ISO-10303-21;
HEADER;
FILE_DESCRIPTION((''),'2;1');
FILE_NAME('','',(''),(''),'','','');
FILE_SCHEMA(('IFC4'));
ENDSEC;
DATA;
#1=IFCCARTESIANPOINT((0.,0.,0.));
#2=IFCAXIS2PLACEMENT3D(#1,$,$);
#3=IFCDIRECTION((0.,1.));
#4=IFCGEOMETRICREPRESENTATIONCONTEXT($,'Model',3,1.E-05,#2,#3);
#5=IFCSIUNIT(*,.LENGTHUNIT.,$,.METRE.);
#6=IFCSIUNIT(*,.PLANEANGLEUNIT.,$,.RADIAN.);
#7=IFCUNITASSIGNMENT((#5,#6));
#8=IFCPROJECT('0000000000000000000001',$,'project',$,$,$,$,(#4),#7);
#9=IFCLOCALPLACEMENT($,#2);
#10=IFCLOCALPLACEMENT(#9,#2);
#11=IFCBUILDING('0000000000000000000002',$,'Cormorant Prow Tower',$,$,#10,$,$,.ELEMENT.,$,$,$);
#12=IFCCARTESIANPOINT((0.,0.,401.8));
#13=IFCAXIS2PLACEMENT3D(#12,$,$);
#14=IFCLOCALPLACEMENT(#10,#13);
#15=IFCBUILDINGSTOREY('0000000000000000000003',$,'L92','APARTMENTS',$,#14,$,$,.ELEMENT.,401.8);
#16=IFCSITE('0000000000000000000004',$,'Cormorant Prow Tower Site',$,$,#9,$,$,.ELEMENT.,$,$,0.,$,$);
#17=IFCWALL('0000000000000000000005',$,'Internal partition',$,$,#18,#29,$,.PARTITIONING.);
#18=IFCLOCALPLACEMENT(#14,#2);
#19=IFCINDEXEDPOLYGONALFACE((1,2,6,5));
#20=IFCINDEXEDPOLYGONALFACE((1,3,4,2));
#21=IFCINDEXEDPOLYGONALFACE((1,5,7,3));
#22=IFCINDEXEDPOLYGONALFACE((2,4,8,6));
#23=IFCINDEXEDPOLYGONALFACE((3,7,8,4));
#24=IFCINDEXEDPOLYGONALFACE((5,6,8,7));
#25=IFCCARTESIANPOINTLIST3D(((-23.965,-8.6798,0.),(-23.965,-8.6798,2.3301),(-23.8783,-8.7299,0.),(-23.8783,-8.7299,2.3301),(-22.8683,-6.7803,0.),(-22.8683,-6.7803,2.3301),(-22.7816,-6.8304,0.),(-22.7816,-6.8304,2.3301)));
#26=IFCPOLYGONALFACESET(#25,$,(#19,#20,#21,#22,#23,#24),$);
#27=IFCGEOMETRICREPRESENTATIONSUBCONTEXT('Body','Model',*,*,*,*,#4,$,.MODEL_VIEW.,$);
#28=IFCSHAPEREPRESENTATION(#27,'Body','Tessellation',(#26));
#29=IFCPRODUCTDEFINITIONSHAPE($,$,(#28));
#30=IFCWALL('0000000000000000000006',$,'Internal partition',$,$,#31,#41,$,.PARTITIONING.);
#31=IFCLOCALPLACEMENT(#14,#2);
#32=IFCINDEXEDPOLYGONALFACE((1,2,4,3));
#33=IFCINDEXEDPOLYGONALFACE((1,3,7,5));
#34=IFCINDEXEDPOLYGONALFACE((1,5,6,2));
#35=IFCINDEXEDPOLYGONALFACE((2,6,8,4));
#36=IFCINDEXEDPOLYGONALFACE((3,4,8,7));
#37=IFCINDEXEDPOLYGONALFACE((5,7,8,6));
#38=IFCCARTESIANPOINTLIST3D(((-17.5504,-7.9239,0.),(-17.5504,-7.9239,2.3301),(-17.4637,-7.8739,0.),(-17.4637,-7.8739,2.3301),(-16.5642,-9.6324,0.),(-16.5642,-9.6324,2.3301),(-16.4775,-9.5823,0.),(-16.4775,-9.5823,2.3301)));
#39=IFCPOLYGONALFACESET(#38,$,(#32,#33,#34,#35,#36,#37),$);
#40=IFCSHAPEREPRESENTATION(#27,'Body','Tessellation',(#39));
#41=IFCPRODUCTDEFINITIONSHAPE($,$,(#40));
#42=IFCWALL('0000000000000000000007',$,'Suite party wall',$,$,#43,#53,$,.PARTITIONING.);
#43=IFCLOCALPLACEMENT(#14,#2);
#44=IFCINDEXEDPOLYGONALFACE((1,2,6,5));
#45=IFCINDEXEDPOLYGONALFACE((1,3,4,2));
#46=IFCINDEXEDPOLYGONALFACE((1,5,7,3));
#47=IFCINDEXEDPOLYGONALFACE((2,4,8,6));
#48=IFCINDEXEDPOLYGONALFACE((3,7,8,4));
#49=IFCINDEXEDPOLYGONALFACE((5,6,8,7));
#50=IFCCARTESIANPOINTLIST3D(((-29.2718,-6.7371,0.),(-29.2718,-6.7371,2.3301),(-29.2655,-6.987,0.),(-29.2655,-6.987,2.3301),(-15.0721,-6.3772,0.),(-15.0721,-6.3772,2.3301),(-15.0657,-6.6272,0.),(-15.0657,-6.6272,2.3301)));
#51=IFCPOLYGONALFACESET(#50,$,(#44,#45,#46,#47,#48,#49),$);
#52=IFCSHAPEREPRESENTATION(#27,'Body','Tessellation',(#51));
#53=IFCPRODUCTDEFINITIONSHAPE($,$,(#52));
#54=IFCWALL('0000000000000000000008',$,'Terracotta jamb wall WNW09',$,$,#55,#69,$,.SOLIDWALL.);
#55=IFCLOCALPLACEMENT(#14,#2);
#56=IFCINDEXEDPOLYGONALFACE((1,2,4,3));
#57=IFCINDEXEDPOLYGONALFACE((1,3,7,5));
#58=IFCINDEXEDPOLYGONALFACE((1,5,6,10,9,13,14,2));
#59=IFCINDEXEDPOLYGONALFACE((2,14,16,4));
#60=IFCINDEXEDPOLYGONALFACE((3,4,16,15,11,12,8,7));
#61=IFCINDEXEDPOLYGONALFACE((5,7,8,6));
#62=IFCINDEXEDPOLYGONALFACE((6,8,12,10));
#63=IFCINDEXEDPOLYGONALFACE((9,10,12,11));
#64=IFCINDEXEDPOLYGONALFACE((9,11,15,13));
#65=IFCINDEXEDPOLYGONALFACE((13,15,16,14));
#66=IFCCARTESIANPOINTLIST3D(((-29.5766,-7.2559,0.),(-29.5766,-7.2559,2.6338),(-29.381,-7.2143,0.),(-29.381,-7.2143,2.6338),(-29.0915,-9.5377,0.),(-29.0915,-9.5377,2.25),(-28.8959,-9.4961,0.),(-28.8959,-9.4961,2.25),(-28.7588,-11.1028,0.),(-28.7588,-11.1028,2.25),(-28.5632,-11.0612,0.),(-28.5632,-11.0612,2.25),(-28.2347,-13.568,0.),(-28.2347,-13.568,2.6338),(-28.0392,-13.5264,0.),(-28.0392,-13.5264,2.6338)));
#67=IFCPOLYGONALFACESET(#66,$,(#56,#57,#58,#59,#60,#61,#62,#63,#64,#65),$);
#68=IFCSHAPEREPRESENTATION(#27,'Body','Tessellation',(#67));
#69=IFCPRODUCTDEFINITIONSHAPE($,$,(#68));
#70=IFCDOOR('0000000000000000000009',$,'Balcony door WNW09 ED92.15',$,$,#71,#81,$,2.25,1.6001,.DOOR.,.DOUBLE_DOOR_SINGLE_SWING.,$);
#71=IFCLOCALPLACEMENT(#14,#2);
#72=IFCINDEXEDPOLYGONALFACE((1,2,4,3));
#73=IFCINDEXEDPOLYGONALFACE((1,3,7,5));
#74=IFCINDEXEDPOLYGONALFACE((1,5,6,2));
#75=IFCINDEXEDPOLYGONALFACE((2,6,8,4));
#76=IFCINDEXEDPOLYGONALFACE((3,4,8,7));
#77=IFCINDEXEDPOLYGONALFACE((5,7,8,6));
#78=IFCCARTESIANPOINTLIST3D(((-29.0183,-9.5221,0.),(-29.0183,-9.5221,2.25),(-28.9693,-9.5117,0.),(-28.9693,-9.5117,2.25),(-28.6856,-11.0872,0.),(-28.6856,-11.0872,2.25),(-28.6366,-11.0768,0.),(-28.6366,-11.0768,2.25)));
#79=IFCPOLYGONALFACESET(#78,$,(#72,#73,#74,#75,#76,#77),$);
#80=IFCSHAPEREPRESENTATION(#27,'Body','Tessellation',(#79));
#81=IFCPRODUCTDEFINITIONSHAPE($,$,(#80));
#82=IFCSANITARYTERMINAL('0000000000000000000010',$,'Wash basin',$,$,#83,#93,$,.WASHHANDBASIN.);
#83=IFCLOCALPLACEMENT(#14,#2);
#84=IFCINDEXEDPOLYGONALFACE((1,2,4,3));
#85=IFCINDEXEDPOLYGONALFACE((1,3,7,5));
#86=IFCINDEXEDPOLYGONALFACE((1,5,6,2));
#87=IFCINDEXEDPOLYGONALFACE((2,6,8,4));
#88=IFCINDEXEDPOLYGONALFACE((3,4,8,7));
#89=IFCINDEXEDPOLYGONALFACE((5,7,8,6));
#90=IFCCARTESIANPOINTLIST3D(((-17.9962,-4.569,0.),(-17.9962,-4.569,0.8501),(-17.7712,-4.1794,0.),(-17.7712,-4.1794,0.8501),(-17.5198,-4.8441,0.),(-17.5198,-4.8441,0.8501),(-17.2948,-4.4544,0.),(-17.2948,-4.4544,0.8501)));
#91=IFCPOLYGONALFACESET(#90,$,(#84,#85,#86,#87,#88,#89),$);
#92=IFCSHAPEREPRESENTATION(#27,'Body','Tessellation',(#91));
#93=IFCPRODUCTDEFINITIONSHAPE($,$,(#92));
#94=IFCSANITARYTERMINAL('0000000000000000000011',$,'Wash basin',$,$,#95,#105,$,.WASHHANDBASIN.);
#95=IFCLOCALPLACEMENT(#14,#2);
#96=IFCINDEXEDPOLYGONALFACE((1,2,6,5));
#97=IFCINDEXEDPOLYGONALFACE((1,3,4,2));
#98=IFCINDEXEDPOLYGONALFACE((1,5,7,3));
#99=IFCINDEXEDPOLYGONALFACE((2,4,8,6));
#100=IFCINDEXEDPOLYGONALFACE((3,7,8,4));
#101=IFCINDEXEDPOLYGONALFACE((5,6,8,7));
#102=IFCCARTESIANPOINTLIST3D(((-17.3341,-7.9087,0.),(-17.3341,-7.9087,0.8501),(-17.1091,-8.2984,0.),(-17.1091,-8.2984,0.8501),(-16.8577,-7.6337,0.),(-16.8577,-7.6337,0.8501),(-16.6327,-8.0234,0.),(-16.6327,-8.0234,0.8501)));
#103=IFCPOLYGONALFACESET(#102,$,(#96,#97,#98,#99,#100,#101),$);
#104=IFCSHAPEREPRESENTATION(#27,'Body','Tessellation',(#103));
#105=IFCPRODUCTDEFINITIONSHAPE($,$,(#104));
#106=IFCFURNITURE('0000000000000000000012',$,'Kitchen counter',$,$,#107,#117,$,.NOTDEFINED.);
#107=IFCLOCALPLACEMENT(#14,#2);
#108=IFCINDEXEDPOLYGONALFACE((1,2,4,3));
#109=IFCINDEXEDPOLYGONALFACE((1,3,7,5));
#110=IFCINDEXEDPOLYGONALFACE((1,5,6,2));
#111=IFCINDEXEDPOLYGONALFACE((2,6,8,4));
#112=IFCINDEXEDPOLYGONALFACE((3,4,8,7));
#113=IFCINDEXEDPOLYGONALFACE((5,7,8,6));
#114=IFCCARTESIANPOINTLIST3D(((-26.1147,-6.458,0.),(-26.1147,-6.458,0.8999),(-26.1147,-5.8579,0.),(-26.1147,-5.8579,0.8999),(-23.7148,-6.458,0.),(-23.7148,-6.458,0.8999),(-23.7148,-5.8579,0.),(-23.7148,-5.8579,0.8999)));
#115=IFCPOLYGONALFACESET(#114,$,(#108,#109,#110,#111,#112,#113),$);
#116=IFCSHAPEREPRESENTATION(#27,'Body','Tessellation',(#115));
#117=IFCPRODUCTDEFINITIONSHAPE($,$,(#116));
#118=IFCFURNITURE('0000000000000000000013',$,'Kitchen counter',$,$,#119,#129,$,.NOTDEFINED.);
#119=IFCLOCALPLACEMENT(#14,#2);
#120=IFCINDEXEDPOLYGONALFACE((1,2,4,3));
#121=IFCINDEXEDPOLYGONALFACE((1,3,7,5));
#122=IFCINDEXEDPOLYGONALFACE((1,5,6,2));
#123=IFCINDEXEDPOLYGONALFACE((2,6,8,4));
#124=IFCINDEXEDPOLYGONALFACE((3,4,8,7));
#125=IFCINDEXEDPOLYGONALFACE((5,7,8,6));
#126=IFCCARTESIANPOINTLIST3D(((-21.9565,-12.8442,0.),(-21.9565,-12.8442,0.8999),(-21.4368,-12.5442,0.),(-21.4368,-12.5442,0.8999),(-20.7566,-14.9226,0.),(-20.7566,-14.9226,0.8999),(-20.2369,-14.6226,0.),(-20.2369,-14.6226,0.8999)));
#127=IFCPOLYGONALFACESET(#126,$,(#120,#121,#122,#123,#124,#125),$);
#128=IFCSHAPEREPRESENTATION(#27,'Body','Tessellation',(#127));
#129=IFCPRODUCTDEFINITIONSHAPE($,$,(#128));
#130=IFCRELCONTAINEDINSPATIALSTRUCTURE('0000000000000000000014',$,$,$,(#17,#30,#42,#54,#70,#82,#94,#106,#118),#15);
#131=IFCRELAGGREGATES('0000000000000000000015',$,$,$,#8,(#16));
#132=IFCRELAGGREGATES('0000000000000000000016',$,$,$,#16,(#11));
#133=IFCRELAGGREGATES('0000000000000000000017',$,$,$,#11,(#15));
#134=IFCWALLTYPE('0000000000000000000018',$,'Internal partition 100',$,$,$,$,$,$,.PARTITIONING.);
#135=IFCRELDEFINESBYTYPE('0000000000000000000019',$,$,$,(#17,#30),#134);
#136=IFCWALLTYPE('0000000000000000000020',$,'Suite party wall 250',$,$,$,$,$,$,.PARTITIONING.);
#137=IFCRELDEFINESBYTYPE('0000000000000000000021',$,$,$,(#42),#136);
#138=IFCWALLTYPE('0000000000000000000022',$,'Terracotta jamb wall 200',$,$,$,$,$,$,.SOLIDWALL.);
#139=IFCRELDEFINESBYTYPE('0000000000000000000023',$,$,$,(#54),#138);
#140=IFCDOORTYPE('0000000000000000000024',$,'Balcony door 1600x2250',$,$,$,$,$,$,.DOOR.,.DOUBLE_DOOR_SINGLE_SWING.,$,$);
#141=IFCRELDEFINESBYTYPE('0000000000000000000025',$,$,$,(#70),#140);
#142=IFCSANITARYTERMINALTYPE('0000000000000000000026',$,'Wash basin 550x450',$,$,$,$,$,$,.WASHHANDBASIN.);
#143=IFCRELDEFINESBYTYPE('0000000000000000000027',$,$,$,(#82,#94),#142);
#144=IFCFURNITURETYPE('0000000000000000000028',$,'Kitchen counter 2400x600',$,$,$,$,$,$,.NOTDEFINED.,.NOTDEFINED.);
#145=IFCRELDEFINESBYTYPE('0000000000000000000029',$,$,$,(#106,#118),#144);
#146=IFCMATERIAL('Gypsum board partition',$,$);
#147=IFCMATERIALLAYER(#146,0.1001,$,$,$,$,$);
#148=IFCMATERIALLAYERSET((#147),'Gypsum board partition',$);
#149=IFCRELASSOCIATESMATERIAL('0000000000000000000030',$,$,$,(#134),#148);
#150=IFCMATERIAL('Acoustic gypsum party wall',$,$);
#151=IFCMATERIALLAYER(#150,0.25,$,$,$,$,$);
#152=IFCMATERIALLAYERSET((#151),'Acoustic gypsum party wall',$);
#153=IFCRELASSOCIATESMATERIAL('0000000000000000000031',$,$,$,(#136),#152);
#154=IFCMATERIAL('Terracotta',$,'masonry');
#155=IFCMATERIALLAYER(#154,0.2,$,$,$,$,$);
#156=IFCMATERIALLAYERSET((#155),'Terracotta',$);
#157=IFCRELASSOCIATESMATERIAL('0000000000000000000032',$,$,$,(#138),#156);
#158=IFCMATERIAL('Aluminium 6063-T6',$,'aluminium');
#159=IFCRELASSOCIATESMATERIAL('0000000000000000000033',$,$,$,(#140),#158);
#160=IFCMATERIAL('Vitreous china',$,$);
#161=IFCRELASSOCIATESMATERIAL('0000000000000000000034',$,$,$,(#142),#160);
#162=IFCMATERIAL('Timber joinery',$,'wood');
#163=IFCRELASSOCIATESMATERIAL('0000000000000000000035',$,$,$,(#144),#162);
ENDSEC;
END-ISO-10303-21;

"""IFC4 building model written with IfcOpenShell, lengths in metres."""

from ifc_helpers import new_model, si_unit, direction, frame, frame_2d, origin, origin_2d, place, context, subcontext, project, spatial, rectangle, extrude, material, layer, layer_set, type_object, element, fill, save


model = new_model("IFC4")

# Units and contexts
model_context = context("Model", 3, precision=1e-05, world=origin(), true_north=direction((0.0, 1.0)))
body_context = subcontext(model_context, "Body", "Model", "MODEL_VIEW")
ifc_project = project(units=[si_unit("LENGTHUNIT", "METRE"), si_unit("PLANEANGLEUNIT", "RADIAN")], contexts=[model_context])

# Site, building, storey
site_placement = place(None, origin())
site = spatial("IfcSite", under=ifc_project, at=site_placement, Name="Cormorant Prow Tower Site", CompositionType="ELEMENT", RefElevation=0.0)
building_placement = place(site_placement, origin())
building = spatial("IfcBuilding", under=site, at=building_placement, Name="Cormorant Prow Tower", CompositionType="ELEMENT")
storey_placement = place(building_placement, frame((0.0, 0.0, 401.8)))
storey = spatial("IfcBuildingStorey", under=building, at=storey_placement, Name="L92", Description="APARTMENTS", CompositionType="ELEMENT", Elevation=401.8)

# Shared definitions
ifc_material_1 = material(Name="Gypsum board partition")
ifc_layer_1 = layer(ifc_material_1, 0.1001)
ifc_layer_set_1 = layer_set([ifc_layer_1], Name="Gypsum board partition")
wall_type_1 = type_object("IfcWallType", Name="Internal partition 100", PredefinedType="PARTITIONING", material=ifc_layer_set_1)

# Walls
wall_1_placement = place(storey_placement, frame((-23.9216, -8.7048, 0.0), z_axis=(0.0, 0.0, 1.0), x_axis=(0.500018, 0.866015, 0.0)))
element("IfcWall", 1, at=wall_1_placement, inside=storey, type_object=wall_type_1, Name="Internal partition", PredefinedType="PARTITIONING", context=body_context, shape_type="SweptSolid", body=[
    extrude(rectangle(XDim=2.1934, YDim=0.1001, at=frame_2d((1.0967, 0.0))), origin(), (0.0, 0.0, 1.0), 2.3301),
])
wall_2_placement = place(storey_placement, frame((-17.5071, -7.8989, 0.0), z_axis=(0.0, 0.0, 1.0), x_axis=(0.499972, -0.866041, 0.0)))
element("IfcWall", 2, at=wall_2_placement, inside=storey, type_object=wall_type_1, Name="Internal partition", PredefinedType="PARTITIONING", context=body_context, shape_type="SweptSolid", body=[
    extrude(rectangle(XDim=1.9727, YDim=0.1001, at=frame_2d((0.9863, 0.0))), origin(), (0.0, 0.0, 1.0), 2.3301),
])
ifc_material_2 = material(Name="Acoustic gypsum party wall")
ifc_layer_2 = layer(ifc_material_2, 0.25)
ifc_layer_set_2 = layer_set([ifc_layer_2], Name="Acoustic gypsum party wall")
wall_type_2 = type_object("IfcWallType", Name="Suite party wall 250", PredefinedType="PARTITIONING", material=ifc_layer_set_2)
wall_3_placement = place(storey_placement, frame((-29.2686, -6.8621, 0.0), z_axis=(0.0, 0.0, 1.0), x_axis=(0.999679, 0.025335, 0.0)))
element("IfcWall", 3, at=wall_3_placement, inside=storey, type_object=wall_type_2, Name="Suite party wall", PredefinedType="PARTITIONING", context=body_context, shape_type="SweptSolid", body=[
    extrude(rectangle(XDim=14.2043, YDim=0.25, at=frame_2d((7.1021, 0.0))), origin(), (0.0, 0.0, 1.0), 2.3301),
])

# Wall, opening, door
ifc_material_3 = material(Name="Terracotta", Category="masonry")
ifc_layer_3 = layer(ifc_material_3, 0.2)
ifc_layer_set_3 = layer_set([ifc_layer_3], Name="Terracotta")
wall_type_3 = type_object("IfcWallType", Name="Terracotta jamb wall 200", PredefinedType="SOLIDWALL", material=ifc_layer_set_3)
wall_4_placement = place(storey_placement, frame((-29.4788, -7.2351, 0.0), z_axis=(0.0, 0.0, 1.0), x_axis=(0.207932, -0.978143, 0.0)))
wall_4 = element("IfcWall", 4, at=wall_4_placement, inside=storey, type_object=wall_type_3, Name="Terracotta jamb wall WNW09", PredefinedType="SOLIDWALL", context=body_context, shape_type="SweptSolid", body=[
    extrude(rectangle(XDim=6.4531, YDim=0.2, at=frame_2d((3.2266, 0.0))), origin(), (0.0, 0.0, 1.0), 2.6338),
])
opening_1_placement = place(wall_4_placement, frame((2.3328, 0.0, 0.0)))
opening_1 = element("IfcOpeningElement", 5, at=opening_1_placement, cuts=wall_4, PredefinedType="OPENING", context=body_context, shape_type="SweptSolid", body=[
    extrude(rectangle(XDim=1.6001, YDim=2.25, at=frame_2d((0.8, 1.125))), frame((0.0, 0.1099, 0.0), z_axis=(0.0, -1.0, 0.0), x_axis=(1.0, 0.0, 0.0)), (0.0, 0.0, 1.0), 0.22),
])
ifc_material_4 = material(Name="Aluminium 6063-T6", Category="aluminium")
door_type_1 = type_object("IfcDoorType", Name="Balcony door 1600x2250", OperationType="DOUBLE_DOOR_SINGLE_SWING", PredefinedType="DOOR", material=ifc_material_4)
door_1_placement = place(opening_1_placement, origin())
door_1 = element("IfcDoor", 6, at=door_1_placement, inside=storey, type_object=door_type_1, Name="Balcony door WNW09 ED92.15", OperationType="DOUBLE_DOOR_SINGLE_SWING", OverallHeight=2.25, OverallWidth=1.6001, PredefinedType="DOOR", context=body_context, shape_type="SweptSolid", body=[
    extrude(rectangle(XDim=1.6001, YDim=2.25, at=frame_2d((0.8, 1.125))), frame((0.0, 0.0249, 0.0), z_axis=(0.0, -1.0, 0.0), x_axis=(1.0, 0.0, 0.0)), (0.0, 0.0, 1.0), 0.05),
])
fill(opening_1, door_1)

# Sanitary terminals
ifc_material_5 = material(Name="Vitreous china")
sanitary_terminal_type = type_object("IfcSanitaryTerminalType", Name="Wash basin 550x450", PredefinedType="WASHHANDBASIN", material=ifc_material_5)
for number, where, z_axis, x_axis, name in (
    (7, (-17.6455, -4.5117, 0.0), (0.0, 0.0, 1.0), (-0.866025, 0.5, 0.0), "Wash basin"),
    (8, (-16.9834, -7.9661, 0.0), (0.0, 0.0, 1.0), (0.866025, 0.5, 0.0), "Wash basin"),
):
    element("IfcSanitaryTerminal", number, at=place(storey_placement, frame(where, z_axis=z_axis, x_axis=x_axis)), inside=storey, type_object=sanitary_terminal_type, Name=name, PredefinedType="WASHHANDBASIN", context=body_context, shape_type="SweptSolid", body=[
        extrude(rectangle(XDim=0.55, YDim=0.45, at=origin_2d()), origin(), (0.0, 0.0, 1.0), 0.8501),
    ])

# Furniture
ifc_material_6 = material(Name="Timber joinery", Category="wood")
furniture_type = type_object("IfcFurnitureType", Name="Kitchen counter 2400x600", AssemblyPlace="NOTDEFINED", PredefinedType="NOTDEFINED", material=ifc_material_6)
for number, where, z_axis, x_axis, name in (
    (9, (-24.9148, -6.158, 0.0), (0.0, 0.0, 1.0), (1.0, 0.0, 0.0), "Kitchen counter"),
    (10, (-21.0967, -13.7334, 0.0), (0.0, 0.0, 1.0), (0.5, -0.866025, 0.0), "Kitchen counter"),
):
    element("IfcFurniture", number, at=place(storey_placement, frame(where, z_axis=z_axis, x_axis=x_axis)), inside=storey, type_object=furniture_type, Name=name, PredefinedType="NOTDEFINED", context=body_context, shape_type="SweptSolid", body=[
        extrude(rectangle(XDim=2.3999, YDim=0.6001, at=origin_2d()), origin(), (0.0, 0.0, 1.0), 0.8999),
    ])

save(model, "model.ifc")
